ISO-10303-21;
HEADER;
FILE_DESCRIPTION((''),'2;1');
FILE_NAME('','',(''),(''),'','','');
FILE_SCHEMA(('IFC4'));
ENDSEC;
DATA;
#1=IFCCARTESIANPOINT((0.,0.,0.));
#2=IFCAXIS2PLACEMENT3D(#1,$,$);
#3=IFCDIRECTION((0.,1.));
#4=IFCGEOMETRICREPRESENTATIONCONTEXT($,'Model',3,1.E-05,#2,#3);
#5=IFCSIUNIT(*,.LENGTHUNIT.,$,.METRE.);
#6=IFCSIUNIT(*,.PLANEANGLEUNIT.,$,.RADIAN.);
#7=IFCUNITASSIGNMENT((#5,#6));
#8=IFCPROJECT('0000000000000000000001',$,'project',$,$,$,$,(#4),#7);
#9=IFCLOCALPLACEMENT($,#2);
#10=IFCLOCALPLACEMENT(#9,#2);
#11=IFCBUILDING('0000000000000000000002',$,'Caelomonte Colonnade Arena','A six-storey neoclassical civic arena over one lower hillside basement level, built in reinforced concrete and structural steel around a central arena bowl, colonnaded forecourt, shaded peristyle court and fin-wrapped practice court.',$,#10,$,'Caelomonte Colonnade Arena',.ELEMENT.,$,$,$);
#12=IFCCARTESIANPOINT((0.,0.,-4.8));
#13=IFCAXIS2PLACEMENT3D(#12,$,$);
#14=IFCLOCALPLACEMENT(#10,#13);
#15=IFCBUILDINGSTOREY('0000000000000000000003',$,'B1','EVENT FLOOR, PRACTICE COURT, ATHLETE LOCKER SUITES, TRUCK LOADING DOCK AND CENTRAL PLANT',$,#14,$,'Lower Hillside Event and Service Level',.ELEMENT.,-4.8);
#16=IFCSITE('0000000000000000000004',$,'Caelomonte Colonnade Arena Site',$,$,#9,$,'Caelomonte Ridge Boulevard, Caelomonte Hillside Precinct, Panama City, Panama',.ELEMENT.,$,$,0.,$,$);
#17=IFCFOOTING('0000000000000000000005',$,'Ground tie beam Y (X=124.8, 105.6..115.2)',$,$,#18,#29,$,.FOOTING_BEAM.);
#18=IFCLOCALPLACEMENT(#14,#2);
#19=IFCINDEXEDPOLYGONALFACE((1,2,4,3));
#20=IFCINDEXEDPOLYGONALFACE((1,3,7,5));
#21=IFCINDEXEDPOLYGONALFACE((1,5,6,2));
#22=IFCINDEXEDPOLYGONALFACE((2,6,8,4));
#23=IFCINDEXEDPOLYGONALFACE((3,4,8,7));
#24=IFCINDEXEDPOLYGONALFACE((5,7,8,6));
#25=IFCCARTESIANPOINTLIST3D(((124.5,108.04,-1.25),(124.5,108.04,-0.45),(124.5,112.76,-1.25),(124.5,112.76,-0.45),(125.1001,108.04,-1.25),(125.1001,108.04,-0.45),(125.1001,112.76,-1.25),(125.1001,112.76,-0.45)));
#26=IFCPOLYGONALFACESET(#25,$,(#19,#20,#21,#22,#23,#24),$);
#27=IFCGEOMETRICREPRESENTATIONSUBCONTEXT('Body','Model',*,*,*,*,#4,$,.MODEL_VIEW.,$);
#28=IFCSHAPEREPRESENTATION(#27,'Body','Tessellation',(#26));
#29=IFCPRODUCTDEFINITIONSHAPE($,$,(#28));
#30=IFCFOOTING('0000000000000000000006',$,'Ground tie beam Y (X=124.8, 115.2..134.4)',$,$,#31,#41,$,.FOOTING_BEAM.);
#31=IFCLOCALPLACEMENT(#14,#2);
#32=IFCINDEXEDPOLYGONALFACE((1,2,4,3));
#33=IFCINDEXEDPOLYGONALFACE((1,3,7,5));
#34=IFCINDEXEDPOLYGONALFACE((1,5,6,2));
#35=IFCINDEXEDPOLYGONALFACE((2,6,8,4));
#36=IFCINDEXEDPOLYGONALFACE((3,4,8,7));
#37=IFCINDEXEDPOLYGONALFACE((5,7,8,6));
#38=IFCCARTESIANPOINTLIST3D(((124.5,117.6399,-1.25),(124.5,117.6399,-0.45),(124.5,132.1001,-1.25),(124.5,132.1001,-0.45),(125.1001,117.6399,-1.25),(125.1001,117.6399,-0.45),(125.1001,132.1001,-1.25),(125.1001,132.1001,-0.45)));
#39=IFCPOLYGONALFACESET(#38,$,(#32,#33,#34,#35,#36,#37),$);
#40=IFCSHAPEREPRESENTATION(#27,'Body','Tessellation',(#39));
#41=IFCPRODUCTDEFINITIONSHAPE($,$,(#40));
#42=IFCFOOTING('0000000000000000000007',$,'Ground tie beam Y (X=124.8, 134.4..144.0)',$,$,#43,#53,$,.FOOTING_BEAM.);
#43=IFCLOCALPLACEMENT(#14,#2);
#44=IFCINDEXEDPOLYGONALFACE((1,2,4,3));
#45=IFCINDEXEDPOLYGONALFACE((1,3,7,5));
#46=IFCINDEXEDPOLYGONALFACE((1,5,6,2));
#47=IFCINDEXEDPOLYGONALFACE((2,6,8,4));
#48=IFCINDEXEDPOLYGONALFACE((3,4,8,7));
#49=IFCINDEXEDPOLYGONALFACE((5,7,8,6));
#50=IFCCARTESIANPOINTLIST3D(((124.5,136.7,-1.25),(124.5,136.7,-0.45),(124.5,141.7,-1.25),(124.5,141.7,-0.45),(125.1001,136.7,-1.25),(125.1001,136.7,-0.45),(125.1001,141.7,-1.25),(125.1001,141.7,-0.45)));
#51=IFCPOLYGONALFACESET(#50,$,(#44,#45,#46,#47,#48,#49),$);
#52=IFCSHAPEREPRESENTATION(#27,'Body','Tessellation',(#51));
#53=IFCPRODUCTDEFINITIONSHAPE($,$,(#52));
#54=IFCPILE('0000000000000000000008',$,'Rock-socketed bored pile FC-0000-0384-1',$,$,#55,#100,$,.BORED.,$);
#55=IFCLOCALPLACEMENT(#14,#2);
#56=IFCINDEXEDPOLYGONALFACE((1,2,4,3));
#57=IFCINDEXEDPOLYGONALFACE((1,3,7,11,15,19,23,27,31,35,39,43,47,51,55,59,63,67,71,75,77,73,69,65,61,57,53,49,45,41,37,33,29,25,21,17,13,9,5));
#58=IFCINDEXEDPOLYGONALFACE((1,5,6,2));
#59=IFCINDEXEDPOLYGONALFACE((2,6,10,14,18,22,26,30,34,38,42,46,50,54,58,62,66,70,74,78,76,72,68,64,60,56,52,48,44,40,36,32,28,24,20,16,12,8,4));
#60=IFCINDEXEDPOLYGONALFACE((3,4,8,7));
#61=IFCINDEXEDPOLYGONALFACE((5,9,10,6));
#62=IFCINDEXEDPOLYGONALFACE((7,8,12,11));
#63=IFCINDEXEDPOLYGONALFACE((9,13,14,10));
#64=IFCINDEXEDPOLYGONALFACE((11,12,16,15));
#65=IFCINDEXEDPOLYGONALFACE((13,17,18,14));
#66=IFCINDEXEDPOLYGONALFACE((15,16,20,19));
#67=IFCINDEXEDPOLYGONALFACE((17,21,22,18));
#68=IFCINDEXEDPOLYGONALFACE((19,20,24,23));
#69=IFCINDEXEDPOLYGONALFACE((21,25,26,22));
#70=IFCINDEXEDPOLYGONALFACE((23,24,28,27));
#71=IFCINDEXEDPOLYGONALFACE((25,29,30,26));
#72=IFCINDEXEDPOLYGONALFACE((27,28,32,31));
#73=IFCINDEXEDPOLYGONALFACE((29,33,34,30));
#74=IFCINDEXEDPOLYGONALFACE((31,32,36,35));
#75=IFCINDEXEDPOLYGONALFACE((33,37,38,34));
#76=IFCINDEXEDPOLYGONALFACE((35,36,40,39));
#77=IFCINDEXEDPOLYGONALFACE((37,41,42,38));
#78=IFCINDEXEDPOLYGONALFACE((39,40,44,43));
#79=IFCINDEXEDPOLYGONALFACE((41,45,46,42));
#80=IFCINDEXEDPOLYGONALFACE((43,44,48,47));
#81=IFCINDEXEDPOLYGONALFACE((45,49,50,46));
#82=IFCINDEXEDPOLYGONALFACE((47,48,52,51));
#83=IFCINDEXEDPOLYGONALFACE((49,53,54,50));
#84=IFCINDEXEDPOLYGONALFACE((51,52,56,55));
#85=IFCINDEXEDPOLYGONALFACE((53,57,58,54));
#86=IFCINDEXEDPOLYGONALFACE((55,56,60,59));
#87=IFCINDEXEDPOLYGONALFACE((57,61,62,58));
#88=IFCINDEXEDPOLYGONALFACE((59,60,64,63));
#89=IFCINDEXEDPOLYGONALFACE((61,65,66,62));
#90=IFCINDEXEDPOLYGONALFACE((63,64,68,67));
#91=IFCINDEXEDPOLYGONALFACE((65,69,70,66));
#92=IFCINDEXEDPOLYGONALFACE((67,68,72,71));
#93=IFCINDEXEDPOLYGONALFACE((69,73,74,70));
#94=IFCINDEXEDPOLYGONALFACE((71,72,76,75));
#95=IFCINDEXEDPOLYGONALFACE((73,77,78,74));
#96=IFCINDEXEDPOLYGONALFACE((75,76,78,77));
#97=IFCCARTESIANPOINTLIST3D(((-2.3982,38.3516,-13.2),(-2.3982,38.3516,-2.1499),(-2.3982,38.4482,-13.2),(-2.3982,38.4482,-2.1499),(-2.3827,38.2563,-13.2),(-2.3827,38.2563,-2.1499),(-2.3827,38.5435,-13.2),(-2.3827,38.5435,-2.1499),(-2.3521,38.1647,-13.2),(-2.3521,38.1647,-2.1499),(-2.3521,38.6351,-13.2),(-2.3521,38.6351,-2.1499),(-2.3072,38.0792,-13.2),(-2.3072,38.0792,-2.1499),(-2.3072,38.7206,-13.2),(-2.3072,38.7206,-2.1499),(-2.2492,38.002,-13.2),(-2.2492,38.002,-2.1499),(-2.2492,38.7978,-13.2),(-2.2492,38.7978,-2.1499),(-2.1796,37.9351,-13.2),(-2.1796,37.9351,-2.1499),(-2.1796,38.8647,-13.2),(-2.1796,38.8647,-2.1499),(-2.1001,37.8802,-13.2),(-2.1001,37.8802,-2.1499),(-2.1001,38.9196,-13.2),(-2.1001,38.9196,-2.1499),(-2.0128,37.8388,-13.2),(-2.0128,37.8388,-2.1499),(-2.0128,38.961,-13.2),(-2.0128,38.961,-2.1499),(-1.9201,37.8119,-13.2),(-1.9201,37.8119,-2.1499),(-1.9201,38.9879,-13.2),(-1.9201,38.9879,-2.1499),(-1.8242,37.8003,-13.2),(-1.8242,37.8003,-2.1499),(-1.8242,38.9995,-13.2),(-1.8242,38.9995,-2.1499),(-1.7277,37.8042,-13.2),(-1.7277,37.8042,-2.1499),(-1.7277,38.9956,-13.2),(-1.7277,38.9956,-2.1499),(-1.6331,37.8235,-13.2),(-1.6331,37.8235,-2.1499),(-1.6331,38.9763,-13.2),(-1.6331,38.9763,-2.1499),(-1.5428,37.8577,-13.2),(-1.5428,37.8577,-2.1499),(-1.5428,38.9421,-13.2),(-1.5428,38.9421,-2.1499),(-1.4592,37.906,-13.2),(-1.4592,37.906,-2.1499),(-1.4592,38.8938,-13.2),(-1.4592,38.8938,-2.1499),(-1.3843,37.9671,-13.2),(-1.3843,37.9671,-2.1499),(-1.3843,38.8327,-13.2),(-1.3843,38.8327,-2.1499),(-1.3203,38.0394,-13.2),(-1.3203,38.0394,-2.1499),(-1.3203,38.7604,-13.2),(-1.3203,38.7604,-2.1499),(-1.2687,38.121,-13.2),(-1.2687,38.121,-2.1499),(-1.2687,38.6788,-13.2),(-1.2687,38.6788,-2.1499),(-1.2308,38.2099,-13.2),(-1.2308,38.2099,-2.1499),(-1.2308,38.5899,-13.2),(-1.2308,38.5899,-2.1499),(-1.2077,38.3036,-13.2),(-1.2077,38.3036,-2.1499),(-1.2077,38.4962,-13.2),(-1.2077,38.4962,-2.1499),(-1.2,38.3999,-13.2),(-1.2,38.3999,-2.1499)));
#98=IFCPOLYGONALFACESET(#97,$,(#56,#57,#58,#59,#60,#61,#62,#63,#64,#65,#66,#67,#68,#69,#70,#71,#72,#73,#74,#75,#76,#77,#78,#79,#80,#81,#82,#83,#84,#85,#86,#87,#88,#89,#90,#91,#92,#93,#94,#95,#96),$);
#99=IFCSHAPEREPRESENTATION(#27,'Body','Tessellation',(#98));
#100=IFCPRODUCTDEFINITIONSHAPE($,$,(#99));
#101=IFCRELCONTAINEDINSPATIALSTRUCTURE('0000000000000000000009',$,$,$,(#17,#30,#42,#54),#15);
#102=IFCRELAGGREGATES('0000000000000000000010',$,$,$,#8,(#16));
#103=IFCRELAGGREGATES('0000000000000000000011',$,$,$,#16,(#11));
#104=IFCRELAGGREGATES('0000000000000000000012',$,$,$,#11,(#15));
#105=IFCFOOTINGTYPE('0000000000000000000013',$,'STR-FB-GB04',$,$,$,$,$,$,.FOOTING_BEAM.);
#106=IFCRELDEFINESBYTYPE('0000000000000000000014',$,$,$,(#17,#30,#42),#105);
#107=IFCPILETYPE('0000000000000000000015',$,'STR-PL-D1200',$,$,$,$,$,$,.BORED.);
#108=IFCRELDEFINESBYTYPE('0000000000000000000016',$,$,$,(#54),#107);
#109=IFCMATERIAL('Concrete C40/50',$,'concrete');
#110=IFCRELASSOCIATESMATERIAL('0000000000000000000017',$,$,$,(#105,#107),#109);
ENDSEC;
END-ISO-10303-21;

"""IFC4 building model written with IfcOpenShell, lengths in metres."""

from ifc_helpers import new_model, si_unit, direction, frame, origin, origin_2d, place, context, subcontext, project, spatial, polyline, circle, outline, extrude, material, material_profile, profile_set, type_object, element, save


model = new_model("IFC4")

# Units and contexts
model_context = context("Model", 3, precision=1e-05, world=origin(), true_north=direction((0.0, 1.0)))
body_context = subcontext(model_context, "Body", "Model", "MODEL_VIEW")
ifc_project = project(units=[si_unit("LENGTHUNIT", "METRE"), si_unit("PLANEANGLEUNIT", "RADIAN")], contexts=[model_context])

# Site, building, storey
site_placement = place(None, origin())
site = spatial("IfcSite", under=ifc_project, at=site_placement, Name="Caelomonte Colonnade Arena Site", LongName="Caelomonte Ridge Boulevard, Caelomonte Hillside Precinct, Panama City, Panama", CompositionType="ELEMENT", RefElevation=0.0)
building_placement = place(site_placement, origin())
building = spatial("IfcBuilding", under=site, at=building_placement, Name="Caelomonte Colonnade Arena", Description="A six-storey neoclassical civic arena over one lower hillside basement level, built in reinforced concrete and structural steel around a central arena bowl, colonnaded forecourt, shaded peristyle court and fin-wrapped practice court.", LongName="Caelomonte Colonnade Arena", CompositionType="ELEMENT")
storey_placement = place(building_placement, frame((0.0, 0.0, -4.8)))
storey = spatial("IfcBuildingStorey", under=building, at=storey_placement, Name="B1", Description="EVENT FLOOR, PRACTICE COURT, ATHLETE LOCKER SUITES, TRUCK LOADING DOCK AND CENTRAL PLANT", LongName="Lower Hillside Event and Service Level", CompositionType="ELEMENT", Elevation=-4.8)

# Footings
ifc_material = material(Name="Concrete C40/50", Category="concrete")
footing_type_1 = type_object("IfcFootingType", Name="STR-FB-GB04", PredefinedType="FOOTING_BEAM", material=ifc_material)
footing_1_placement = place(storey_placement, frame((0.0, 0.0, -1.25)))
element("IfcFooting", 1, at=footing_1_placement, inside=storey, type_object=footing_type_1, Name="Ground tie beam Y (X=124.8, 105.6..115.2)", PredefinedType="FOOTING_BEAM", context=body_context, shape_type="SweptSolid", body=[
    extrude(outline(polyline([(124.5, 108.04), (125.1001, 108.04), (125.1001, 112.76), (124.5, 112.76), (124.5, 108.04)])), origin(), (0.0, 0.0, 1.0), 0.8),
])
footing_2_placement = place(storey_placement, frame((0.0, 0.0, -1.25)))
element("IfcFooting", 2, at=footing_2_placement, inside=storey, type_object=footing_type_1, Name="Ground tie beam Y (X=124.8, 115.2..134.4)", PredefinedType="FOOTING_BEAM", context=body_context, shape_type="SweptSolid", body=[
    extrude(outline(polyline([(124.5, 117.6399), (125.1001, 117.6399), (125.1001, 132.1001), (124.5, 132.1001), (124.5, 117.6399)])), origin(), (0.0, 0.0, 1.0), 0.8),
])
footing_3_placement = place(storey_placement, frame((0.0, 0.0, -1.25)))
element("IfcFooting", 3, at=footing_3_placement, inside=storey, type_object=footing_type_1, Name="Ground tie beam Y (X=124.8, 134.4..144.0)", PredefinedType="FOOTING_BEAM", context=body_context, shape_type="SweptSolid", body=[
    extrude(outline(polyline([(124.5, 136.7), (125.1001, 136.7), (125.1001, 141.7), (124.5, 141.7), (124.5, 136.7)])), origin(), (0.0, 0.0, 1.0), 0.8),
])

# Pile
ifc_material_profile = material_profile(ifc_material, circle(Radius=0.6001, at=origin_2d()), Name="PILE-D1200")
ifc_profile_set = profile_set([ifc_material_profile], Name="Concrete C40/50")
pile_type = type_object("IfcPileType", Name="STR-PL-D1200", PredefinedType="BORED", material=ifc_profile_set)
pile_placement = place(storey_placement, frame((-1.8, 38.3999, -2.1499), z_axis=(0.0, 0.0, -1.0), x_axis=(1.0, 0.0, 0.0)))
element("IfcPile", 4, at=pile_placement, inside=storey, type_object=pile_type, Name="Rock-socketed bored pile FC-0000-0384-1", PredefinedType="BORED", context=body_context, shape_type="SweptSolid", body=[
    extrude(circle(Radius=0.6001, at=origin_2d()), origin(), (0.0, 0.0, 1.0), 11.05),
])

save(model, "model.ifc")
